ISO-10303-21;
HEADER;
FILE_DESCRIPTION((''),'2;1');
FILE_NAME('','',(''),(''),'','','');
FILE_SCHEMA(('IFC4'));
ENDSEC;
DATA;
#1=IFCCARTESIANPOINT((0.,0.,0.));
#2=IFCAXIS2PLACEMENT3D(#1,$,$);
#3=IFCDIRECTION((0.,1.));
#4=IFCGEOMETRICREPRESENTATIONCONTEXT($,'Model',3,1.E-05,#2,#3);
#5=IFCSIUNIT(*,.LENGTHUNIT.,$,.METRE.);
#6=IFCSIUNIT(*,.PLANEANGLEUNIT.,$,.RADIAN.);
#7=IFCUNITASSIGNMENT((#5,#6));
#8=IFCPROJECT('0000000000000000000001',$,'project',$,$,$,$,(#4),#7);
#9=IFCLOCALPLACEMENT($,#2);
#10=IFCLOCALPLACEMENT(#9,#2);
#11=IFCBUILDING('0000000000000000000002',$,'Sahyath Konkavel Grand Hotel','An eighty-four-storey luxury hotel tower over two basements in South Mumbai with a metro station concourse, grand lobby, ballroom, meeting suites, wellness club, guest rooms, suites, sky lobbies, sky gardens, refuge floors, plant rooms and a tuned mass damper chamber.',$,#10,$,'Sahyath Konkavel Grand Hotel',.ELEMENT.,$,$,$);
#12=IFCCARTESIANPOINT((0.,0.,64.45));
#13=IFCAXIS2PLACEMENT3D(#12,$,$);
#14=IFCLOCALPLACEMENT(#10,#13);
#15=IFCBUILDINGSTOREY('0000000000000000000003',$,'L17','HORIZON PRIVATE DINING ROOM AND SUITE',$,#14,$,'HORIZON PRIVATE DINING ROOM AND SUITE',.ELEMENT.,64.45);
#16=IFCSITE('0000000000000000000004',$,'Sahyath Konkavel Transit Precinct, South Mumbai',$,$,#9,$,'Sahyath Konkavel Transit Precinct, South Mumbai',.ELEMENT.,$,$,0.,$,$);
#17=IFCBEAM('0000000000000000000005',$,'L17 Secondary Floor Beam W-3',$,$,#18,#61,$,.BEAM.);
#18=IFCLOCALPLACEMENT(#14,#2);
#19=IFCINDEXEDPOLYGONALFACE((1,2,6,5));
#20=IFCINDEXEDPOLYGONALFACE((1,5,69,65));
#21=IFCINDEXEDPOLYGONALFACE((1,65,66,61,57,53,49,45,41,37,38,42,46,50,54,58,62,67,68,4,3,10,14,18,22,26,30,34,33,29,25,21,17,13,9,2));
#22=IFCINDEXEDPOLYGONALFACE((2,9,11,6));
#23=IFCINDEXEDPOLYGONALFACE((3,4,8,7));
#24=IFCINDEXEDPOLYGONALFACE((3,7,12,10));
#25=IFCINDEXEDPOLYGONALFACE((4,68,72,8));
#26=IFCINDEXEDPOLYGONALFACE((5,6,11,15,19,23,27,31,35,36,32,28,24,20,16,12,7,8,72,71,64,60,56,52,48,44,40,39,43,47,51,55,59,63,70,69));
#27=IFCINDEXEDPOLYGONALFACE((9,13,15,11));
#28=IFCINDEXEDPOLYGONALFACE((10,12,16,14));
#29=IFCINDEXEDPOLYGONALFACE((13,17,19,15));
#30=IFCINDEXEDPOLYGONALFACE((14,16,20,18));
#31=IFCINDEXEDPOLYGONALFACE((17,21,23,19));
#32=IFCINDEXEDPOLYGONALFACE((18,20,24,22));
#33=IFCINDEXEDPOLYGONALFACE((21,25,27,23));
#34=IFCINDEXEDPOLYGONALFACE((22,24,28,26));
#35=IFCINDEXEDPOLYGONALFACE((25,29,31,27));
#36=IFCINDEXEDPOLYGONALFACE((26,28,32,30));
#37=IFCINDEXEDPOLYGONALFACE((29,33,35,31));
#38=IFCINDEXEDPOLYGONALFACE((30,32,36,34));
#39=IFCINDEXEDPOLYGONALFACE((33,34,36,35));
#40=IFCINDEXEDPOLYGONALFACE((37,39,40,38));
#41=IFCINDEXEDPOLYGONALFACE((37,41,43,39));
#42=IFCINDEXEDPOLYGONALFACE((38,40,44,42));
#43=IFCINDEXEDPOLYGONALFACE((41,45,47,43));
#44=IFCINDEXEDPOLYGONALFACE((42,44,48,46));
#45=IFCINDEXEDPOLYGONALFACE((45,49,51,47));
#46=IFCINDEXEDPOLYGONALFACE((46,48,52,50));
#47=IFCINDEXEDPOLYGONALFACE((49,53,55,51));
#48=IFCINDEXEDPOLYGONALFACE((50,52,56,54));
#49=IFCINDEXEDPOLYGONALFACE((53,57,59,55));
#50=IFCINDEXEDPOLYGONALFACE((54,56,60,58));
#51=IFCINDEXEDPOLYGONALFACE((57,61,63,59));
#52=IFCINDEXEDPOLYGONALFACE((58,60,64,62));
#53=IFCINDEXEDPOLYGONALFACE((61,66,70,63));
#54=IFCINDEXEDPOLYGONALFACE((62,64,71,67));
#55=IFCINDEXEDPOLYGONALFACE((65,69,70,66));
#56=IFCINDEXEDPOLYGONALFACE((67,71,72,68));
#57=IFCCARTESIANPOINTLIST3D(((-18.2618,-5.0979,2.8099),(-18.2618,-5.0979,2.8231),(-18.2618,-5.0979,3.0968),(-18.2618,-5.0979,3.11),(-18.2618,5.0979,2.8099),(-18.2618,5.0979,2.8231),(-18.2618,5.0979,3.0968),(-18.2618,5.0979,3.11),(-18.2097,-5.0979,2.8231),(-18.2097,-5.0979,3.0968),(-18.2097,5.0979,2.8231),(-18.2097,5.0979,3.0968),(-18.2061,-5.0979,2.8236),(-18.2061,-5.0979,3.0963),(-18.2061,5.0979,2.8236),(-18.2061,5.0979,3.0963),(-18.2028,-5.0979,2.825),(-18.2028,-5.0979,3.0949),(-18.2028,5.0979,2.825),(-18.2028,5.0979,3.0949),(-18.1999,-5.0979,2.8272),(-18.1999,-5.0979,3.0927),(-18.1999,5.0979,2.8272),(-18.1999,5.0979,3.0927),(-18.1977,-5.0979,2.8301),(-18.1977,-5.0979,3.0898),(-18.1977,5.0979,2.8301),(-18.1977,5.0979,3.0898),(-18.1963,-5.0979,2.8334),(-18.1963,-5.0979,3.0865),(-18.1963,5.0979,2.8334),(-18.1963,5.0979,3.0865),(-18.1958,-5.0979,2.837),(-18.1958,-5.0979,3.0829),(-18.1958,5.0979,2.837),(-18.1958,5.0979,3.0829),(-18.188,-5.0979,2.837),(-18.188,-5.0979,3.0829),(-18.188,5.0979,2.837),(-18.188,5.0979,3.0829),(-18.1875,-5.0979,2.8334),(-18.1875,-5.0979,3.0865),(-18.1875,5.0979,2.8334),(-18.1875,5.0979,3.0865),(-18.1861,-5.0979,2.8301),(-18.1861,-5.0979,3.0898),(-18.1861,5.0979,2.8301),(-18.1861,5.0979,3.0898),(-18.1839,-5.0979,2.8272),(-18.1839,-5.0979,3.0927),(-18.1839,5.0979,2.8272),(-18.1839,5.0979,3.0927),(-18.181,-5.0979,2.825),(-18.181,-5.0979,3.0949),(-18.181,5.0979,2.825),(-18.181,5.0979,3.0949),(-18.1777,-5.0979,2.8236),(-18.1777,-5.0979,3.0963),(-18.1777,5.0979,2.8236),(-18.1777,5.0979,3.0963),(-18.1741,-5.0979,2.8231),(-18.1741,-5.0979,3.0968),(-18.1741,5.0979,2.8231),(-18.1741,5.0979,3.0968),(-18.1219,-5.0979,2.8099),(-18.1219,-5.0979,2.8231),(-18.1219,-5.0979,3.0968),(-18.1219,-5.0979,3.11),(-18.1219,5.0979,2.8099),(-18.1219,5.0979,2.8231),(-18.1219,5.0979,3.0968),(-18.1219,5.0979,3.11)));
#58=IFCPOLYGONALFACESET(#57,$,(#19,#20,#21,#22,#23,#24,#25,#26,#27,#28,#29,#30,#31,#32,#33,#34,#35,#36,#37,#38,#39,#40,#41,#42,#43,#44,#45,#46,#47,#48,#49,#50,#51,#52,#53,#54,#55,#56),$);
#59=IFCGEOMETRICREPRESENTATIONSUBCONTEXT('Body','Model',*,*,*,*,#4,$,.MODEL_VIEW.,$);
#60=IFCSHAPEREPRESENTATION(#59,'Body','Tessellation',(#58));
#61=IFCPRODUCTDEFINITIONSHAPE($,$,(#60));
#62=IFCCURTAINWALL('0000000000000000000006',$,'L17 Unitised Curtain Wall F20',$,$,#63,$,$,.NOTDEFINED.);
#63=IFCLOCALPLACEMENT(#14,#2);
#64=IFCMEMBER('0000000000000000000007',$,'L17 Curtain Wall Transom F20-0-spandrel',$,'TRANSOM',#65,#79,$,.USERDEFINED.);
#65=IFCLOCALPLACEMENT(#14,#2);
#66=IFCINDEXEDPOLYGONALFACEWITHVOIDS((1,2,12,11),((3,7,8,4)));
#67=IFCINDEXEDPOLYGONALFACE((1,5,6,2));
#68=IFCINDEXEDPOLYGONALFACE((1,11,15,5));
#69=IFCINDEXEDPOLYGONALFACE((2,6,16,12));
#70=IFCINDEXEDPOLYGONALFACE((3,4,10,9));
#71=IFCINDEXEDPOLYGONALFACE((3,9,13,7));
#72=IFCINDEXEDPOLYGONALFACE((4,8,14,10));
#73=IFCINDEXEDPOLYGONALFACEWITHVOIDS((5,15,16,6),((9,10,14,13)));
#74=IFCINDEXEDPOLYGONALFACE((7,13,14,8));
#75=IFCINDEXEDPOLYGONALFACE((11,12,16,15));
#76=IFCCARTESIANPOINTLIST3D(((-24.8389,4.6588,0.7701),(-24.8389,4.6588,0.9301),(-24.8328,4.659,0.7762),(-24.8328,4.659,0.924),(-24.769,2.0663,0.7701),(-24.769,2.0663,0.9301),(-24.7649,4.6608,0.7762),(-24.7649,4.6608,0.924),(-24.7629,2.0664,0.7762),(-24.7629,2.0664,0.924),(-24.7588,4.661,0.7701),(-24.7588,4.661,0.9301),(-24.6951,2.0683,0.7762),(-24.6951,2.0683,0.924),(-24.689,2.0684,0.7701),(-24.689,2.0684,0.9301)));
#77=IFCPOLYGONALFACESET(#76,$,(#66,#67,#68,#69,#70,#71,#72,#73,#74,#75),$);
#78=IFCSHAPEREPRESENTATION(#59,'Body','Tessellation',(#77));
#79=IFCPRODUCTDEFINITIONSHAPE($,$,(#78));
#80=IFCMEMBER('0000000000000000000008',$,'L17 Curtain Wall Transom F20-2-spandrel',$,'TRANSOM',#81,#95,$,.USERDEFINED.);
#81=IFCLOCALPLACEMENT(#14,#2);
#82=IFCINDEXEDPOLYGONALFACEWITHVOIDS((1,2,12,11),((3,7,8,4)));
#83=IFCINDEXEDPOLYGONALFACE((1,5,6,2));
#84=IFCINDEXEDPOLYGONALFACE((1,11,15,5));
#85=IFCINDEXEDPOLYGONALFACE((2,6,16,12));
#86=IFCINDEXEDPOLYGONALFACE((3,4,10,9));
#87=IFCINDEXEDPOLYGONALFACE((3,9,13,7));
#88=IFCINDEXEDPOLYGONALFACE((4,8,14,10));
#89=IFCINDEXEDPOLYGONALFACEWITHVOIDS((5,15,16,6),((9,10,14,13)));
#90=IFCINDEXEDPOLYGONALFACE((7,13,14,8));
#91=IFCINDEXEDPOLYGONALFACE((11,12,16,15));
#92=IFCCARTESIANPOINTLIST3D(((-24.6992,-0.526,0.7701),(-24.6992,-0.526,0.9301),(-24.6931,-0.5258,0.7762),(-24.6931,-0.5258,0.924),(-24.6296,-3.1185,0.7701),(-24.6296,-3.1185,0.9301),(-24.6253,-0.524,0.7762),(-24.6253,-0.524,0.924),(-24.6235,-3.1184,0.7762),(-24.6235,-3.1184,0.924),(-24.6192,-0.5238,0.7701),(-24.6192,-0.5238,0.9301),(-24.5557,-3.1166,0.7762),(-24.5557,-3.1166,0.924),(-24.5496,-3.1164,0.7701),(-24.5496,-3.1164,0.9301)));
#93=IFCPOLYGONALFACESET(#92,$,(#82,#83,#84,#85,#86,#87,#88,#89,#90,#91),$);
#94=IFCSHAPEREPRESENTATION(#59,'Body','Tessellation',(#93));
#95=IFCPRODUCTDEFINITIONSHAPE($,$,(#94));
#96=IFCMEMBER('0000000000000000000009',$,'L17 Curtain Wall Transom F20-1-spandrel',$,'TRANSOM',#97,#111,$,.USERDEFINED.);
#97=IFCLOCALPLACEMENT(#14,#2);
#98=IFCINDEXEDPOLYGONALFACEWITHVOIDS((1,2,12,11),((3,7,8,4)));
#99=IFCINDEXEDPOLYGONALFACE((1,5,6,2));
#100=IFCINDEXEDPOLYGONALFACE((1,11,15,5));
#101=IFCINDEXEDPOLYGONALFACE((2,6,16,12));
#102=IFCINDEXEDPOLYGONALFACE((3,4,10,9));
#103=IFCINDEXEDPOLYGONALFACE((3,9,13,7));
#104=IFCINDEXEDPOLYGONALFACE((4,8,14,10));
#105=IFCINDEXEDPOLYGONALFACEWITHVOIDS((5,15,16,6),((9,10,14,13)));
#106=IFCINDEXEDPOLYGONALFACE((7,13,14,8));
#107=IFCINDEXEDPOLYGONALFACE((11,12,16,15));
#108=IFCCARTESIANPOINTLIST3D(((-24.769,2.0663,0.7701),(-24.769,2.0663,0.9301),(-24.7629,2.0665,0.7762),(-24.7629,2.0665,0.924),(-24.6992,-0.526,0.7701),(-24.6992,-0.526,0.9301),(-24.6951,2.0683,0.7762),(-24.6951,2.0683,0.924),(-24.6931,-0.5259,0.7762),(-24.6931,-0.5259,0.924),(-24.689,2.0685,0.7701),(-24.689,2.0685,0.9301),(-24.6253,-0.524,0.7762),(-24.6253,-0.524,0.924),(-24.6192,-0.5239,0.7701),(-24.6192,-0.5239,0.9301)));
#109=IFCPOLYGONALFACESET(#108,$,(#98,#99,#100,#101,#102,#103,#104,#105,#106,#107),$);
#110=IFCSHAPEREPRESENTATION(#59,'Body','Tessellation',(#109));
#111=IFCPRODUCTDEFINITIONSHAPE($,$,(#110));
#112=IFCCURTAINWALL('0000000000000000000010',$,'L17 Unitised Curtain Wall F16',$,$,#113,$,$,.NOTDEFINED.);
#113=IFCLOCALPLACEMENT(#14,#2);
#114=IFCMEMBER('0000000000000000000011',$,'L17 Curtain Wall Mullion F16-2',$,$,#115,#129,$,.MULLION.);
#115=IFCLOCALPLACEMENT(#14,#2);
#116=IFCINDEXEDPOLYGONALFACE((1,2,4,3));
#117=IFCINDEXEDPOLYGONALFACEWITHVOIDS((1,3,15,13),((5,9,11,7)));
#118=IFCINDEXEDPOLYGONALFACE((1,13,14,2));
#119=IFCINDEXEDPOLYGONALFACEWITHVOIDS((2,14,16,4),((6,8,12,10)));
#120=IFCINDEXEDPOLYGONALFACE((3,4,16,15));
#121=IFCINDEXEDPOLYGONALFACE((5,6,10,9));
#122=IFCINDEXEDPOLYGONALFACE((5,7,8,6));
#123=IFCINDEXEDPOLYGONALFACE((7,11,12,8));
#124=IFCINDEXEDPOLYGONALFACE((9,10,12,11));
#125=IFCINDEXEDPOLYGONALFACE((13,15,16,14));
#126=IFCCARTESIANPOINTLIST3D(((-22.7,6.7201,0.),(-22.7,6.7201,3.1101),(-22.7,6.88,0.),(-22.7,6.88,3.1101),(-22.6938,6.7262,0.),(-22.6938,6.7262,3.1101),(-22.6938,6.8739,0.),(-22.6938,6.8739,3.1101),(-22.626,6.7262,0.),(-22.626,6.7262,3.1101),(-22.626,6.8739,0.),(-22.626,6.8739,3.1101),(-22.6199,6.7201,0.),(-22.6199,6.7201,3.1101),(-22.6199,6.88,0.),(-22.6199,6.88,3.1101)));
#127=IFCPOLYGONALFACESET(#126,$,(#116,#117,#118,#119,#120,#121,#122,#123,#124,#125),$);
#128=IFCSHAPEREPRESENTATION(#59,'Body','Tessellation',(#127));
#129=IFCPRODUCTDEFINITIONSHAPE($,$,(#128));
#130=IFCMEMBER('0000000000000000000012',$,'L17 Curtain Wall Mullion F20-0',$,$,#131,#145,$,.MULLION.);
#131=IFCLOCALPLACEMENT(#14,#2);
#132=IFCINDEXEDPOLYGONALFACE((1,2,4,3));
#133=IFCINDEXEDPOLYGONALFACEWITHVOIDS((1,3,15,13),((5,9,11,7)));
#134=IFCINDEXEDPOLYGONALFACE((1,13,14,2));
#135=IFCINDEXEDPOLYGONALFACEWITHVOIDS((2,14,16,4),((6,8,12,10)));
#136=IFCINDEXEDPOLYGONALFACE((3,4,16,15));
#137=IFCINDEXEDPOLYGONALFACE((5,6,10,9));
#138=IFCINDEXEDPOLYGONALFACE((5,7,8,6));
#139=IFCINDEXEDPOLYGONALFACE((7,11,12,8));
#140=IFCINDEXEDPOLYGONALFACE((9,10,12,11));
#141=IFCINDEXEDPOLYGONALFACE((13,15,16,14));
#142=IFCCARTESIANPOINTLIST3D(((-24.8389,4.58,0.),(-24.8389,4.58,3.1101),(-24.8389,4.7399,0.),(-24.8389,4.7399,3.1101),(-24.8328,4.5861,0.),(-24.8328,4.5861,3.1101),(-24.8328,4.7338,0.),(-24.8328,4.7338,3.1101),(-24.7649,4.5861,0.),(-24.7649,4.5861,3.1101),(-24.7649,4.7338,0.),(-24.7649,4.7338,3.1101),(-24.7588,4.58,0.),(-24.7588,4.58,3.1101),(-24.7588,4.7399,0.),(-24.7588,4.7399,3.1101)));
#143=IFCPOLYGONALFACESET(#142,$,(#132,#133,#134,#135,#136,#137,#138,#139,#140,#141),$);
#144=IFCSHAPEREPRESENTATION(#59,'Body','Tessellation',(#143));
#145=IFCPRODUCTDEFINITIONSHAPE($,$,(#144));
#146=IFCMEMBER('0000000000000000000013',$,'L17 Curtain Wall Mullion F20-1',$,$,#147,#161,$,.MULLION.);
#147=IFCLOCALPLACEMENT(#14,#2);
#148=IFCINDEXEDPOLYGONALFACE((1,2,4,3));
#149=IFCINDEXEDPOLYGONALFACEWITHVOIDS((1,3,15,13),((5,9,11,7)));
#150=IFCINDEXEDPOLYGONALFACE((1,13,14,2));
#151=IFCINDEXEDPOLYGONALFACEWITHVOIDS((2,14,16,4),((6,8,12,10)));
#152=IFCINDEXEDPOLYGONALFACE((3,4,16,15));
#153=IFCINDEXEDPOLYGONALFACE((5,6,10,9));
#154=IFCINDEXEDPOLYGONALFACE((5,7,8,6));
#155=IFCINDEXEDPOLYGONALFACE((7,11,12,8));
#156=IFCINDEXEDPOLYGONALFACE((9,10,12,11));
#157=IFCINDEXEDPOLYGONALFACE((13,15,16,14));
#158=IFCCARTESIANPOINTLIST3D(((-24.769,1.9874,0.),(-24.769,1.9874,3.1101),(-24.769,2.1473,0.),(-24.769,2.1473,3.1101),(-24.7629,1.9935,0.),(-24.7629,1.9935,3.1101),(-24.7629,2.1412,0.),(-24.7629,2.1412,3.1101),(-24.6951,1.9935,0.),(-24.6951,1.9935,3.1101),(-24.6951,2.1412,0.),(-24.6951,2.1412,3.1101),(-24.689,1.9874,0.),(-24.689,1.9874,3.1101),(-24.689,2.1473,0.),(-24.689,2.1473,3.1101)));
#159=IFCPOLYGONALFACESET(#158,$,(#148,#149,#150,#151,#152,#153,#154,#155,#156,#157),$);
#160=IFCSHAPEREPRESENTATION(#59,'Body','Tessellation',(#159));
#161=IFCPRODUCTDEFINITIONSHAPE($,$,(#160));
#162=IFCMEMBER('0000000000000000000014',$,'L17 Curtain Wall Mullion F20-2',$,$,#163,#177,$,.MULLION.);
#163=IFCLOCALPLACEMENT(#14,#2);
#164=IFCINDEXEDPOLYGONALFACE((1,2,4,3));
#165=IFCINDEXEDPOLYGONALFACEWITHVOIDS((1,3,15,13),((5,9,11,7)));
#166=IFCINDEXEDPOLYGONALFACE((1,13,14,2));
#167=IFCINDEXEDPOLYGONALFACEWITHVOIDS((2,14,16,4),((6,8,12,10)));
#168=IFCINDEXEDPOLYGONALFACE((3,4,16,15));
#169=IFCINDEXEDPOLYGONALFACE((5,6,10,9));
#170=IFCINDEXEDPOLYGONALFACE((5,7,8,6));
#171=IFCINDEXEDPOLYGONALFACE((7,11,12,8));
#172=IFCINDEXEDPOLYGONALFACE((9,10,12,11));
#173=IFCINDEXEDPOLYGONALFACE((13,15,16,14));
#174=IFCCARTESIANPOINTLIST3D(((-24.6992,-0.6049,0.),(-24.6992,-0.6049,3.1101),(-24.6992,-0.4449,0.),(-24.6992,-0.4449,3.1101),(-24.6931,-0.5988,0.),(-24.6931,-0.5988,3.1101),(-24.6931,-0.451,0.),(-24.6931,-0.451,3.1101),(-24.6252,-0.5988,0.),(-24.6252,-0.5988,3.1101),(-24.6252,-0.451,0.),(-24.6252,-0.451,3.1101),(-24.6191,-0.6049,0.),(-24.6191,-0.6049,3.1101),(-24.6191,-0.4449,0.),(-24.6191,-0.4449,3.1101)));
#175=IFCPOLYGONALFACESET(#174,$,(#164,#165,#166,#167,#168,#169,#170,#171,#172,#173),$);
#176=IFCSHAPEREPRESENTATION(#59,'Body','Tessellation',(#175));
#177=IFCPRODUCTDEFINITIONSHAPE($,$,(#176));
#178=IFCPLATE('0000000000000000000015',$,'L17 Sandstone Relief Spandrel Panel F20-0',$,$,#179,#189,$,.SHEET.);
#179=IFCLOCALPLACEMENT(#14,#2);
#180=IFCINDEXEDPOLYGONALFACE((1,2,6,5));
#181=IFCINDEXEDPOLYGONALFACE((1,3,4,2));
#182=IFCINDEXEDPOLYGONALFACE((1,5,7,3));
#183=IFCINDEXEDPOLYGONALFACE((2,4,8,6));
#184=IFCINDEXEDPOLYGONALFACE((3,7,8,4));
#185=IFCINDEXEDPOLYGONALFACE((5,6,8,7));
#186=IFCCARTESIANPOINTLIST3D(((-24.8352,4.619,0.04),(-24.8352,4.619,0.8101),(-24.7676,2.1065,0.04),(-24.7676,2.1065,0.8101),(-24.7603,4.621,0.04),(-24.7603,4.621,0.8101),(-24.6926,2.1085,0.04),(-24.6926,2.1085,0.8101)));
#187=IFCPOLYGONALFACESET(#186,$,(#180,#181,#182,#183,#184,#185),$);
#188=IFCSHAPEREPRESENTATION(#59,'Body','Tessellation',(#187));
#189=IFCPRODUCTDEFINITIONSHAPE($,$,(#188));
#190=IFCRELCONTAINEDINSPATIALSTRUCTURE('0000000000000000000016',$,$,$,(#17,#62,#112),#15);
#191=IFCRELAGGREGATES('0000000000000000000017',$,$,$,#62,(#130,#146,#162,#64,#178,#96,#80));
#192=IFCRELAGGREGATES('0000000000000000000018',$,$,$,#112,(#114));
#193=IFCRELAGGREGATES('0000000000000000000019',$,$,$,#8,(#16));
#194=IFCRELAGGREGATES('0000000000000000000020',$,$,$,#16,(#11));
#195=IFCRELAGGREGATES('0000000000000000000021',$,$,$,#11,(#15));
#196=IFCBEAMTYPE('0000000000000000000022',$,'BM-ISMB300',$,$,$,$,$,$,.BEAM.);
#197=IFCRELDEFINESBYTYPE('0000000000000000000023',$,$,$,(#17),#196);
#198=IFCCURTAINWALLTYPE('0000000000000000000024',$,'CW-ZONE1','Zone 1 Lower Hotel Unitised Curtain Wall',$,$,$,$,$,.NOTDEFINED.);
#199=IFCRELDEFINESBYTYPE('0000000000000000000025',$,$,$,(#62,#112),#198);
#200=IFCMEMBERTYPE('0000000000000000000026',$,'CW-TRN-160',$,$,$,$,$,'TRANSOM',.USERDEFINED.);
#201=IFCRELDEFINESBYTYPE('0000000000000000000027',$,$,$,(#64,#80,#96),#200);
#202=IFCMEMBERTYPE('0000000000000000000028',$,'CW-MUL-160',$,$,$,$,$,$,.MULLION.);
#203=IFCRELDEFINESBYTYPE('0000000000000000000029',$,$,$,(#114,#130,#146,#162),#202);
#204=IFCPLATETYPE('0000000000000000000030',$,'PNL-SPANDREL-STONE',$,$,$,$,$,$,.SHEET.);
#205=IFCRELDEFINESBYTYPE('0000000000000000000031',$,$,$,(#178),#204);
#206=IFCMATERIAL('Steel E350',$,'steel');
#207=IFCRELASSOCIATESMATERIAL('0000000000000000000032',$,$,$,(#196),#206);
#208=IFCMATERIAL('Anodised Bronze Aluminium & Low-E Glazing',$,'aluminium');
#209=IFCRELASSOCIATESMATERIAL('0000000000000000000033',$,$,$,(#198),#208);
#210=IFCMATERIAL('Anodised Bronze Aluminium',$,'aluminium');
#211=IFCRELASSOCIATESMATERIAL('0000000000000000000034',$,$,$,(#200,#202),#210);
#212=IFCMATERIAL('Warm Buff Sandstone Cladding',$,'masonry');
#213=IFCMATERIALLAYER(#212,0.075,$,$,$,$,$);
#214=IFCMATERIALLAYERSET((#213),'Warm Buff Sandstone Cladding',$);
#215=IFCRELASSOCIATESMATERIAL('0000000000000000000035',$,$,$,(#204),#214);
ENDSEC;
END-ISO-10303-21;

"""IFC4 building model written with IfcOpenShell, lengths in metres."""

from ifc_helpers import new_model, si_unit, direction, frame, origin, origin_2d, place, context, subcontext, project, spatial, rectangle, hollow_rectangle, i_section, extrude, source, transform, mapped, material, layer, layer_set, material_profile, profile_set, type_object, element, aggregate, save


model = new_model("IFC4")

# Units and contexts
model_context = context("Model", 3, precision=1e-05, world=origin(), true_north=direction((0.0, 1.0)))
body_context = subcontext(model_context, "Body", "Model", "MODEL_VIEW")
ifc_project = project(units=[si_unit("LENGTHUNIT", "METRE"), si_unit("PLANEANGLEUNIT", "RADIAN")], contexts=[model_context])

# Site, building, storey
site_placement = place(None, origin())
site = spatial("IfcSite", under=ifc_project, at=site_placement, Name="Sahyath Konkavel Transit Precinct, South Mumbai", LongName="Sahyath Konkavel Transit Precinct, South Mumbai", CompositionType="ELEMENT", RefElevation=0.0)
building_placement = place(site_placement, origin())
building = spatial("IfcBuilding", under=site, at=building_placement, Name="Sahyath Konkavel Grand Hotel", Description="An eighty-four-storey luxury hotel tower over two basements in South Mumbai with a metro station concourse, grand lobby, ballroom, meeting suites, wellness club, guest rooms, suites, sky lobbies, sky gardens, refuge floors, plant rooms and a tuned mass damper chamber.", LongName="Sahyath Konkavel Grand Hotel", CompositionType="ELEMENT")
storey_placement = place(building_placement, frame((0.0, 0.0, 64.45)))
storey = spatial("IfcBuildingStorey", under=building, at=storey_placement, Name="L17", Description="HORIZON PRIVATE DINING ROOM AND SUITE", LongName="HORIZON PRIVATE DINING ROOM AND SUITE", CompositionType="ELEMENT", Elevation=64.45)

# Beam
ifc_material_1 = material(Name="Steel E350", Category="steel")
ifc_material_profile_1 = material_profile(ifc_material_1, i_section(OverallWidth=0.1399, OverallDepth=0.3, WebThickness=0.0078, FlangeThickness=0.0132, FilletRadius=0.0139, at=origin_2d()), Name="ISMB 300")
ifc_profile_set_1 = profile_set([ifc_material_profile_1], Name="Steel E350")
beam_type_1 = type_object("IfcBeamType", Name="BM-ISMB300", PredefinedType="BEAM", material=ifc_profile_set_1)
shared_shape_1 = source(origin(), body_context, "Body", "SweptSolid", [
    extrude(i_section(OverallWidth=0.1399, OverallDepth=0.3, WebThickness=0.0078, FlangeThickness=0.0132, FilletRadius=0.0139, at=origin_2d()), origin(), (0.0, 0.0, 1.0), 10.1958),
])
beam_1_placement = place(storey_placement, frame((-18.1919, 5.0979, 2.96), z_axis=(0.0, -1.0, 0.0), x_axis=(1.0, 0.0, 0.0)))
element("IfcBeam", 1, at=beam_1_placement, inside=storey, type_object=beam_type_1, Name="L17 Secondary Floor Beam W-3", PredefinedType="BEAM", context=body_context, shape_type="MappedRepresentation", body=[
    mapped(shared_shape_1, transform((0.0, 0.0, 0.0), scale=1.0)),
])

# Curtain wall, members
ifc_material_2 = material(Name="Anodised Bronze Aluminium & Low-E Glazing", Category="aluminium")
curtain_wall_type = type_object("IfcCurtainWallType", Name="CW-ZONE1", Description="Zone 1 Lower Hotel Unitised Curtain Wall", PredefinedType="NOTDEFINED", material=ifc_material_2)
curtain_wall_1_placement = place(storey_placement, origin())
curtain_wall_1 = element("IfcCurtainWall", 2, at=curtain_wall_1_placement, inside=storey, type_object=curtain_wall_type, Name="L17 Unitised Curtain Wall F20", PredefinedType="NOTDEFINED")
ifc_material_3 = material(Name="Anodised Bronze Aluminium", Category="aluminium")
ifc_material_profile_2 = material_profile(ifc_material_3, hollow_rectangle(XDim=0.0801, YDim=0.1599, WallThickness=0.0061, at=origin_2d()), Name="RHS 160x80x6")
ifc_profile_set_2 = profile_set([ifc_material_profile_2], Name="Anodised Bronze Aluminium")
member_type_1 = type_object("IfcMemberType", Name="CW-TRN-160", ElementType="TRANSOM", PredefinedType="USERDEFINED", material=ifc_profile_set_2)
shared_shape_2 = source(origin(), body_context, "Body", "SweptSolid", [
    extrude(hollow_rectangle(XDim=0.0801, YDim=0.1599, WallThickness=0.0061, at=origin_2d()), origin(), (0.0, 0.0, 1.0), 2.5935),
])
member_1_placement = place(storey_placement, frame((-24.7988, 4.6599, 0.8501), z_axis=(0.026923, -0.999638, 0.0), x_axis=(0.999638, 0.026923, 0.0)))
member_1 = element("IfcMember", 3, at=member_1_placement, type_object=member_type_1, Name="L17 Curtain Wall Transom F20-0-spandrel", ObjectType="TRANSOM", PredefinedType="USERDEFINED", context=body_context, shape_type="MappedRepresentation", body=[
    mapped(shared_shape_2, transform((0.0, 0.0, 0.0), scale=1.0)),
])
member_2_placement = place(storey_placement, frame((-24.6592, -0.5249, 0.8501), z_axis=(0.026829, -0.99964, 0.0), x_axis=(0.99964, 0.026829, 0.0)))
member_2 = element("IfcMember", 4, at=member_2_placement, type_object=member_type_1, Name="L17 Curtain Wall Transom F20-2-spandrel", ObjectType="TRANSOM", PredefinedType="USERDEFINED", context=body_context, shape_type="MappedRepresentation", body=[
    mapped(shared_shape_2, transform((0.0, 0.0, 0.0), scale=1.0)),
])
shared_shape_3 = source(origin(), body_context, "Body", "SweptSolid", [
    extrude(hollow_rectangle(XDim=0.0801, YDim=0.1599, WallThickness=0.0061, at=origin_2d()), origin(), (0.0, 0.0, 1.0), 2.5933),
])
member_3_placement = place(storey_placement, frame((-24.729, 2.0674, 0.8501), z_axis=(0.026926, -0.999637, 0.0), x_axis=(0.999637, 0.026926, 0.0)))
member_3 = element("IfcMember", 5, at=member_3_placement, type_object=member_type_1, Name="L17 Curtain Wall Transom F20-1-spandrel", ObjectType="TRANSOM", PredefinedType="USERDEFINED", context=body_context, shape_type="MappedRepresentation", body=[
    mapped(shared_shape_3, transform((0.0, 0.0, 0.0), scale=1.0)),
])

# Curtain wall, member
curtain_wall_2_placement = place(storey_placement, origin())
curtain_wall_2 = element("IfcCurtainWall", 6, at=curtain_wall_2_placement, inside=storey, type_object=curtain_wall_type, Name="L17 Unitised Curtain Wall F16", PredefinedType="NOTDEFINED")
ifc_material_profile_3 = material_profile(ifc_material_3, hollow_rectangle(XDim=0.0801, YDim=0.1599, WallThickness=0.0061, at=origin_2d()), Name="RHS 160x80x6")
ifc_profile_set_3 = profile_set([ifc_material_profile_3], Name="Anodised Bronze Aluminium")
member_type_2 = type_object("IfcMemberType", Name="CW-MUL-160", PredefinedType="MULLION", material=ifc_profile_set_3)
shared_shape_4 = source(origin(), body_context, "Body", "SweptSolid", [
    extrude(hollow_rectangle(XDim=0.0801, YDim=0.1599, WallThickness=0.0061, at=origin_2d()), origin(), (0.0, 0.0, 1.0), 3.1101),
])
member_4_placement = place(storey_placement, frame((-22.6599, 6.8, 0.0), z_axis=(0.0, 0.0, 1.0), x_axis=(1.0, 0.0, 0.0)))
member_4 = element("IfcMember", 7, at=member_4_placement, type_object=member_type_2, Name="L17 Curtain Wall Mullion F16-2", PredefinedType="MULLION", context=body_context, shape_type="MappedRepresentation", body=[
    mapped(shared_shape_4, transform((0.0, 0.0, 0.0), scale=1.0)),
])

# Members
member_5_placement = place(storey_placement, frame((-24.7988, 4.6599, 0.0), z_axis=(0.0, 0.0, 1.0), x_axis=(1.0, 0.0, 0.0)))
member_5 = element("IfcMember", 8, at=member_5_placement, type_object=member_type_2, Name="L17 Curtain Wall Mullion F20-0", PredefinedType="MULLION", context=body_context, shape_type="MappedRepresentation", body=[
    mapped(shared_shape_4, transform((0.0, 0.0, 0.0), scale=1.0)),
])
member_6_placement = place(storey_placement, frame((-24.729, 2.0674, 0.0), z_axis=(0.0, 0.0, 1.0), x_axis=(1.0, 0.0, 0.0)))
member_6 = element("IfcMember", 9, at=member_6_placement, type_object=member_type_2, Name="L17 Curtain Wall Mullion F20-1", PredefinedType="MULLION", context=body_context, shape_type="MappedRepresentation", body=[
    mapped(shared_shape_4, transform((0.0, 0.0, 0.0), scale=1.0)),
])
member_7_placement = place(storey_placement, frame((-24.6592, -0.5249, 0.0), z_axis=(0.0, 0.0, 1.0), x_axis=(1.0, 0.0, 0.0)))
member_7 = element("IfcMember", 10, at=member_7_placement, type_object=member_type_2, Name="L17 Curtain Wall Mullion F20-2", PredefinedType="MULLION", context=body_context, shape_type="MappedRepresentation", body=[
    mapped(shared_shape_4, transform((0.0, 0.0, 0.0), scale=1.0)),
])

# Plate
ifc_material_4 = material(Name="Warm Buff Sandstone Cladding", Category="masonry")
ifc_layer_1 = layer(ifc_material_4, 0.075)
ifc_layer_set_1 = layer_set([ifc_layer_1], Name="Warm Buff Sandstone Cladding")
plate_type_1 = type_object("IfcPlateType", Name="PNL-SPANDREL-STONE", PredefinedType="SHEET", material=ifc_layer_set_1)
shared_shape_5 = source(origin(), body_context, "Body", "SweptSolid", [
    extrude(rectangle(XDim=2.5134, YDim=0.075, at=origin_2d()), origin(), (0.0, 0.0, 1.0), 0.77),
])
plate_1_placement = place(storey_placement, frame((-24.7639, 3.3638, 0.04), z_axis=(0.0, 0.0, 1.0), x_axis=(0.02691, -0.999638, 0.0)))
plate_1 = element("IfcPlate", 11, at=plate_1_placement, type_object=plate_type_1, Name="L17 Sandstone Relief Spandrel Panel F20-0", PredefinedType="SHEET", context=body_context, shape_type="MappedRepresentation", body=[
    mapped(shared_shape_5, transform((0.0, 0.0, 0.0), scale=1.0)),
])
aggregate(curtain_wall_1, [member_5, member_6, member_7, member_1, plate_1, member_3, member_2])
aggregate(curtain_wall_2, [member_4])

save(model, "model.ifc")
